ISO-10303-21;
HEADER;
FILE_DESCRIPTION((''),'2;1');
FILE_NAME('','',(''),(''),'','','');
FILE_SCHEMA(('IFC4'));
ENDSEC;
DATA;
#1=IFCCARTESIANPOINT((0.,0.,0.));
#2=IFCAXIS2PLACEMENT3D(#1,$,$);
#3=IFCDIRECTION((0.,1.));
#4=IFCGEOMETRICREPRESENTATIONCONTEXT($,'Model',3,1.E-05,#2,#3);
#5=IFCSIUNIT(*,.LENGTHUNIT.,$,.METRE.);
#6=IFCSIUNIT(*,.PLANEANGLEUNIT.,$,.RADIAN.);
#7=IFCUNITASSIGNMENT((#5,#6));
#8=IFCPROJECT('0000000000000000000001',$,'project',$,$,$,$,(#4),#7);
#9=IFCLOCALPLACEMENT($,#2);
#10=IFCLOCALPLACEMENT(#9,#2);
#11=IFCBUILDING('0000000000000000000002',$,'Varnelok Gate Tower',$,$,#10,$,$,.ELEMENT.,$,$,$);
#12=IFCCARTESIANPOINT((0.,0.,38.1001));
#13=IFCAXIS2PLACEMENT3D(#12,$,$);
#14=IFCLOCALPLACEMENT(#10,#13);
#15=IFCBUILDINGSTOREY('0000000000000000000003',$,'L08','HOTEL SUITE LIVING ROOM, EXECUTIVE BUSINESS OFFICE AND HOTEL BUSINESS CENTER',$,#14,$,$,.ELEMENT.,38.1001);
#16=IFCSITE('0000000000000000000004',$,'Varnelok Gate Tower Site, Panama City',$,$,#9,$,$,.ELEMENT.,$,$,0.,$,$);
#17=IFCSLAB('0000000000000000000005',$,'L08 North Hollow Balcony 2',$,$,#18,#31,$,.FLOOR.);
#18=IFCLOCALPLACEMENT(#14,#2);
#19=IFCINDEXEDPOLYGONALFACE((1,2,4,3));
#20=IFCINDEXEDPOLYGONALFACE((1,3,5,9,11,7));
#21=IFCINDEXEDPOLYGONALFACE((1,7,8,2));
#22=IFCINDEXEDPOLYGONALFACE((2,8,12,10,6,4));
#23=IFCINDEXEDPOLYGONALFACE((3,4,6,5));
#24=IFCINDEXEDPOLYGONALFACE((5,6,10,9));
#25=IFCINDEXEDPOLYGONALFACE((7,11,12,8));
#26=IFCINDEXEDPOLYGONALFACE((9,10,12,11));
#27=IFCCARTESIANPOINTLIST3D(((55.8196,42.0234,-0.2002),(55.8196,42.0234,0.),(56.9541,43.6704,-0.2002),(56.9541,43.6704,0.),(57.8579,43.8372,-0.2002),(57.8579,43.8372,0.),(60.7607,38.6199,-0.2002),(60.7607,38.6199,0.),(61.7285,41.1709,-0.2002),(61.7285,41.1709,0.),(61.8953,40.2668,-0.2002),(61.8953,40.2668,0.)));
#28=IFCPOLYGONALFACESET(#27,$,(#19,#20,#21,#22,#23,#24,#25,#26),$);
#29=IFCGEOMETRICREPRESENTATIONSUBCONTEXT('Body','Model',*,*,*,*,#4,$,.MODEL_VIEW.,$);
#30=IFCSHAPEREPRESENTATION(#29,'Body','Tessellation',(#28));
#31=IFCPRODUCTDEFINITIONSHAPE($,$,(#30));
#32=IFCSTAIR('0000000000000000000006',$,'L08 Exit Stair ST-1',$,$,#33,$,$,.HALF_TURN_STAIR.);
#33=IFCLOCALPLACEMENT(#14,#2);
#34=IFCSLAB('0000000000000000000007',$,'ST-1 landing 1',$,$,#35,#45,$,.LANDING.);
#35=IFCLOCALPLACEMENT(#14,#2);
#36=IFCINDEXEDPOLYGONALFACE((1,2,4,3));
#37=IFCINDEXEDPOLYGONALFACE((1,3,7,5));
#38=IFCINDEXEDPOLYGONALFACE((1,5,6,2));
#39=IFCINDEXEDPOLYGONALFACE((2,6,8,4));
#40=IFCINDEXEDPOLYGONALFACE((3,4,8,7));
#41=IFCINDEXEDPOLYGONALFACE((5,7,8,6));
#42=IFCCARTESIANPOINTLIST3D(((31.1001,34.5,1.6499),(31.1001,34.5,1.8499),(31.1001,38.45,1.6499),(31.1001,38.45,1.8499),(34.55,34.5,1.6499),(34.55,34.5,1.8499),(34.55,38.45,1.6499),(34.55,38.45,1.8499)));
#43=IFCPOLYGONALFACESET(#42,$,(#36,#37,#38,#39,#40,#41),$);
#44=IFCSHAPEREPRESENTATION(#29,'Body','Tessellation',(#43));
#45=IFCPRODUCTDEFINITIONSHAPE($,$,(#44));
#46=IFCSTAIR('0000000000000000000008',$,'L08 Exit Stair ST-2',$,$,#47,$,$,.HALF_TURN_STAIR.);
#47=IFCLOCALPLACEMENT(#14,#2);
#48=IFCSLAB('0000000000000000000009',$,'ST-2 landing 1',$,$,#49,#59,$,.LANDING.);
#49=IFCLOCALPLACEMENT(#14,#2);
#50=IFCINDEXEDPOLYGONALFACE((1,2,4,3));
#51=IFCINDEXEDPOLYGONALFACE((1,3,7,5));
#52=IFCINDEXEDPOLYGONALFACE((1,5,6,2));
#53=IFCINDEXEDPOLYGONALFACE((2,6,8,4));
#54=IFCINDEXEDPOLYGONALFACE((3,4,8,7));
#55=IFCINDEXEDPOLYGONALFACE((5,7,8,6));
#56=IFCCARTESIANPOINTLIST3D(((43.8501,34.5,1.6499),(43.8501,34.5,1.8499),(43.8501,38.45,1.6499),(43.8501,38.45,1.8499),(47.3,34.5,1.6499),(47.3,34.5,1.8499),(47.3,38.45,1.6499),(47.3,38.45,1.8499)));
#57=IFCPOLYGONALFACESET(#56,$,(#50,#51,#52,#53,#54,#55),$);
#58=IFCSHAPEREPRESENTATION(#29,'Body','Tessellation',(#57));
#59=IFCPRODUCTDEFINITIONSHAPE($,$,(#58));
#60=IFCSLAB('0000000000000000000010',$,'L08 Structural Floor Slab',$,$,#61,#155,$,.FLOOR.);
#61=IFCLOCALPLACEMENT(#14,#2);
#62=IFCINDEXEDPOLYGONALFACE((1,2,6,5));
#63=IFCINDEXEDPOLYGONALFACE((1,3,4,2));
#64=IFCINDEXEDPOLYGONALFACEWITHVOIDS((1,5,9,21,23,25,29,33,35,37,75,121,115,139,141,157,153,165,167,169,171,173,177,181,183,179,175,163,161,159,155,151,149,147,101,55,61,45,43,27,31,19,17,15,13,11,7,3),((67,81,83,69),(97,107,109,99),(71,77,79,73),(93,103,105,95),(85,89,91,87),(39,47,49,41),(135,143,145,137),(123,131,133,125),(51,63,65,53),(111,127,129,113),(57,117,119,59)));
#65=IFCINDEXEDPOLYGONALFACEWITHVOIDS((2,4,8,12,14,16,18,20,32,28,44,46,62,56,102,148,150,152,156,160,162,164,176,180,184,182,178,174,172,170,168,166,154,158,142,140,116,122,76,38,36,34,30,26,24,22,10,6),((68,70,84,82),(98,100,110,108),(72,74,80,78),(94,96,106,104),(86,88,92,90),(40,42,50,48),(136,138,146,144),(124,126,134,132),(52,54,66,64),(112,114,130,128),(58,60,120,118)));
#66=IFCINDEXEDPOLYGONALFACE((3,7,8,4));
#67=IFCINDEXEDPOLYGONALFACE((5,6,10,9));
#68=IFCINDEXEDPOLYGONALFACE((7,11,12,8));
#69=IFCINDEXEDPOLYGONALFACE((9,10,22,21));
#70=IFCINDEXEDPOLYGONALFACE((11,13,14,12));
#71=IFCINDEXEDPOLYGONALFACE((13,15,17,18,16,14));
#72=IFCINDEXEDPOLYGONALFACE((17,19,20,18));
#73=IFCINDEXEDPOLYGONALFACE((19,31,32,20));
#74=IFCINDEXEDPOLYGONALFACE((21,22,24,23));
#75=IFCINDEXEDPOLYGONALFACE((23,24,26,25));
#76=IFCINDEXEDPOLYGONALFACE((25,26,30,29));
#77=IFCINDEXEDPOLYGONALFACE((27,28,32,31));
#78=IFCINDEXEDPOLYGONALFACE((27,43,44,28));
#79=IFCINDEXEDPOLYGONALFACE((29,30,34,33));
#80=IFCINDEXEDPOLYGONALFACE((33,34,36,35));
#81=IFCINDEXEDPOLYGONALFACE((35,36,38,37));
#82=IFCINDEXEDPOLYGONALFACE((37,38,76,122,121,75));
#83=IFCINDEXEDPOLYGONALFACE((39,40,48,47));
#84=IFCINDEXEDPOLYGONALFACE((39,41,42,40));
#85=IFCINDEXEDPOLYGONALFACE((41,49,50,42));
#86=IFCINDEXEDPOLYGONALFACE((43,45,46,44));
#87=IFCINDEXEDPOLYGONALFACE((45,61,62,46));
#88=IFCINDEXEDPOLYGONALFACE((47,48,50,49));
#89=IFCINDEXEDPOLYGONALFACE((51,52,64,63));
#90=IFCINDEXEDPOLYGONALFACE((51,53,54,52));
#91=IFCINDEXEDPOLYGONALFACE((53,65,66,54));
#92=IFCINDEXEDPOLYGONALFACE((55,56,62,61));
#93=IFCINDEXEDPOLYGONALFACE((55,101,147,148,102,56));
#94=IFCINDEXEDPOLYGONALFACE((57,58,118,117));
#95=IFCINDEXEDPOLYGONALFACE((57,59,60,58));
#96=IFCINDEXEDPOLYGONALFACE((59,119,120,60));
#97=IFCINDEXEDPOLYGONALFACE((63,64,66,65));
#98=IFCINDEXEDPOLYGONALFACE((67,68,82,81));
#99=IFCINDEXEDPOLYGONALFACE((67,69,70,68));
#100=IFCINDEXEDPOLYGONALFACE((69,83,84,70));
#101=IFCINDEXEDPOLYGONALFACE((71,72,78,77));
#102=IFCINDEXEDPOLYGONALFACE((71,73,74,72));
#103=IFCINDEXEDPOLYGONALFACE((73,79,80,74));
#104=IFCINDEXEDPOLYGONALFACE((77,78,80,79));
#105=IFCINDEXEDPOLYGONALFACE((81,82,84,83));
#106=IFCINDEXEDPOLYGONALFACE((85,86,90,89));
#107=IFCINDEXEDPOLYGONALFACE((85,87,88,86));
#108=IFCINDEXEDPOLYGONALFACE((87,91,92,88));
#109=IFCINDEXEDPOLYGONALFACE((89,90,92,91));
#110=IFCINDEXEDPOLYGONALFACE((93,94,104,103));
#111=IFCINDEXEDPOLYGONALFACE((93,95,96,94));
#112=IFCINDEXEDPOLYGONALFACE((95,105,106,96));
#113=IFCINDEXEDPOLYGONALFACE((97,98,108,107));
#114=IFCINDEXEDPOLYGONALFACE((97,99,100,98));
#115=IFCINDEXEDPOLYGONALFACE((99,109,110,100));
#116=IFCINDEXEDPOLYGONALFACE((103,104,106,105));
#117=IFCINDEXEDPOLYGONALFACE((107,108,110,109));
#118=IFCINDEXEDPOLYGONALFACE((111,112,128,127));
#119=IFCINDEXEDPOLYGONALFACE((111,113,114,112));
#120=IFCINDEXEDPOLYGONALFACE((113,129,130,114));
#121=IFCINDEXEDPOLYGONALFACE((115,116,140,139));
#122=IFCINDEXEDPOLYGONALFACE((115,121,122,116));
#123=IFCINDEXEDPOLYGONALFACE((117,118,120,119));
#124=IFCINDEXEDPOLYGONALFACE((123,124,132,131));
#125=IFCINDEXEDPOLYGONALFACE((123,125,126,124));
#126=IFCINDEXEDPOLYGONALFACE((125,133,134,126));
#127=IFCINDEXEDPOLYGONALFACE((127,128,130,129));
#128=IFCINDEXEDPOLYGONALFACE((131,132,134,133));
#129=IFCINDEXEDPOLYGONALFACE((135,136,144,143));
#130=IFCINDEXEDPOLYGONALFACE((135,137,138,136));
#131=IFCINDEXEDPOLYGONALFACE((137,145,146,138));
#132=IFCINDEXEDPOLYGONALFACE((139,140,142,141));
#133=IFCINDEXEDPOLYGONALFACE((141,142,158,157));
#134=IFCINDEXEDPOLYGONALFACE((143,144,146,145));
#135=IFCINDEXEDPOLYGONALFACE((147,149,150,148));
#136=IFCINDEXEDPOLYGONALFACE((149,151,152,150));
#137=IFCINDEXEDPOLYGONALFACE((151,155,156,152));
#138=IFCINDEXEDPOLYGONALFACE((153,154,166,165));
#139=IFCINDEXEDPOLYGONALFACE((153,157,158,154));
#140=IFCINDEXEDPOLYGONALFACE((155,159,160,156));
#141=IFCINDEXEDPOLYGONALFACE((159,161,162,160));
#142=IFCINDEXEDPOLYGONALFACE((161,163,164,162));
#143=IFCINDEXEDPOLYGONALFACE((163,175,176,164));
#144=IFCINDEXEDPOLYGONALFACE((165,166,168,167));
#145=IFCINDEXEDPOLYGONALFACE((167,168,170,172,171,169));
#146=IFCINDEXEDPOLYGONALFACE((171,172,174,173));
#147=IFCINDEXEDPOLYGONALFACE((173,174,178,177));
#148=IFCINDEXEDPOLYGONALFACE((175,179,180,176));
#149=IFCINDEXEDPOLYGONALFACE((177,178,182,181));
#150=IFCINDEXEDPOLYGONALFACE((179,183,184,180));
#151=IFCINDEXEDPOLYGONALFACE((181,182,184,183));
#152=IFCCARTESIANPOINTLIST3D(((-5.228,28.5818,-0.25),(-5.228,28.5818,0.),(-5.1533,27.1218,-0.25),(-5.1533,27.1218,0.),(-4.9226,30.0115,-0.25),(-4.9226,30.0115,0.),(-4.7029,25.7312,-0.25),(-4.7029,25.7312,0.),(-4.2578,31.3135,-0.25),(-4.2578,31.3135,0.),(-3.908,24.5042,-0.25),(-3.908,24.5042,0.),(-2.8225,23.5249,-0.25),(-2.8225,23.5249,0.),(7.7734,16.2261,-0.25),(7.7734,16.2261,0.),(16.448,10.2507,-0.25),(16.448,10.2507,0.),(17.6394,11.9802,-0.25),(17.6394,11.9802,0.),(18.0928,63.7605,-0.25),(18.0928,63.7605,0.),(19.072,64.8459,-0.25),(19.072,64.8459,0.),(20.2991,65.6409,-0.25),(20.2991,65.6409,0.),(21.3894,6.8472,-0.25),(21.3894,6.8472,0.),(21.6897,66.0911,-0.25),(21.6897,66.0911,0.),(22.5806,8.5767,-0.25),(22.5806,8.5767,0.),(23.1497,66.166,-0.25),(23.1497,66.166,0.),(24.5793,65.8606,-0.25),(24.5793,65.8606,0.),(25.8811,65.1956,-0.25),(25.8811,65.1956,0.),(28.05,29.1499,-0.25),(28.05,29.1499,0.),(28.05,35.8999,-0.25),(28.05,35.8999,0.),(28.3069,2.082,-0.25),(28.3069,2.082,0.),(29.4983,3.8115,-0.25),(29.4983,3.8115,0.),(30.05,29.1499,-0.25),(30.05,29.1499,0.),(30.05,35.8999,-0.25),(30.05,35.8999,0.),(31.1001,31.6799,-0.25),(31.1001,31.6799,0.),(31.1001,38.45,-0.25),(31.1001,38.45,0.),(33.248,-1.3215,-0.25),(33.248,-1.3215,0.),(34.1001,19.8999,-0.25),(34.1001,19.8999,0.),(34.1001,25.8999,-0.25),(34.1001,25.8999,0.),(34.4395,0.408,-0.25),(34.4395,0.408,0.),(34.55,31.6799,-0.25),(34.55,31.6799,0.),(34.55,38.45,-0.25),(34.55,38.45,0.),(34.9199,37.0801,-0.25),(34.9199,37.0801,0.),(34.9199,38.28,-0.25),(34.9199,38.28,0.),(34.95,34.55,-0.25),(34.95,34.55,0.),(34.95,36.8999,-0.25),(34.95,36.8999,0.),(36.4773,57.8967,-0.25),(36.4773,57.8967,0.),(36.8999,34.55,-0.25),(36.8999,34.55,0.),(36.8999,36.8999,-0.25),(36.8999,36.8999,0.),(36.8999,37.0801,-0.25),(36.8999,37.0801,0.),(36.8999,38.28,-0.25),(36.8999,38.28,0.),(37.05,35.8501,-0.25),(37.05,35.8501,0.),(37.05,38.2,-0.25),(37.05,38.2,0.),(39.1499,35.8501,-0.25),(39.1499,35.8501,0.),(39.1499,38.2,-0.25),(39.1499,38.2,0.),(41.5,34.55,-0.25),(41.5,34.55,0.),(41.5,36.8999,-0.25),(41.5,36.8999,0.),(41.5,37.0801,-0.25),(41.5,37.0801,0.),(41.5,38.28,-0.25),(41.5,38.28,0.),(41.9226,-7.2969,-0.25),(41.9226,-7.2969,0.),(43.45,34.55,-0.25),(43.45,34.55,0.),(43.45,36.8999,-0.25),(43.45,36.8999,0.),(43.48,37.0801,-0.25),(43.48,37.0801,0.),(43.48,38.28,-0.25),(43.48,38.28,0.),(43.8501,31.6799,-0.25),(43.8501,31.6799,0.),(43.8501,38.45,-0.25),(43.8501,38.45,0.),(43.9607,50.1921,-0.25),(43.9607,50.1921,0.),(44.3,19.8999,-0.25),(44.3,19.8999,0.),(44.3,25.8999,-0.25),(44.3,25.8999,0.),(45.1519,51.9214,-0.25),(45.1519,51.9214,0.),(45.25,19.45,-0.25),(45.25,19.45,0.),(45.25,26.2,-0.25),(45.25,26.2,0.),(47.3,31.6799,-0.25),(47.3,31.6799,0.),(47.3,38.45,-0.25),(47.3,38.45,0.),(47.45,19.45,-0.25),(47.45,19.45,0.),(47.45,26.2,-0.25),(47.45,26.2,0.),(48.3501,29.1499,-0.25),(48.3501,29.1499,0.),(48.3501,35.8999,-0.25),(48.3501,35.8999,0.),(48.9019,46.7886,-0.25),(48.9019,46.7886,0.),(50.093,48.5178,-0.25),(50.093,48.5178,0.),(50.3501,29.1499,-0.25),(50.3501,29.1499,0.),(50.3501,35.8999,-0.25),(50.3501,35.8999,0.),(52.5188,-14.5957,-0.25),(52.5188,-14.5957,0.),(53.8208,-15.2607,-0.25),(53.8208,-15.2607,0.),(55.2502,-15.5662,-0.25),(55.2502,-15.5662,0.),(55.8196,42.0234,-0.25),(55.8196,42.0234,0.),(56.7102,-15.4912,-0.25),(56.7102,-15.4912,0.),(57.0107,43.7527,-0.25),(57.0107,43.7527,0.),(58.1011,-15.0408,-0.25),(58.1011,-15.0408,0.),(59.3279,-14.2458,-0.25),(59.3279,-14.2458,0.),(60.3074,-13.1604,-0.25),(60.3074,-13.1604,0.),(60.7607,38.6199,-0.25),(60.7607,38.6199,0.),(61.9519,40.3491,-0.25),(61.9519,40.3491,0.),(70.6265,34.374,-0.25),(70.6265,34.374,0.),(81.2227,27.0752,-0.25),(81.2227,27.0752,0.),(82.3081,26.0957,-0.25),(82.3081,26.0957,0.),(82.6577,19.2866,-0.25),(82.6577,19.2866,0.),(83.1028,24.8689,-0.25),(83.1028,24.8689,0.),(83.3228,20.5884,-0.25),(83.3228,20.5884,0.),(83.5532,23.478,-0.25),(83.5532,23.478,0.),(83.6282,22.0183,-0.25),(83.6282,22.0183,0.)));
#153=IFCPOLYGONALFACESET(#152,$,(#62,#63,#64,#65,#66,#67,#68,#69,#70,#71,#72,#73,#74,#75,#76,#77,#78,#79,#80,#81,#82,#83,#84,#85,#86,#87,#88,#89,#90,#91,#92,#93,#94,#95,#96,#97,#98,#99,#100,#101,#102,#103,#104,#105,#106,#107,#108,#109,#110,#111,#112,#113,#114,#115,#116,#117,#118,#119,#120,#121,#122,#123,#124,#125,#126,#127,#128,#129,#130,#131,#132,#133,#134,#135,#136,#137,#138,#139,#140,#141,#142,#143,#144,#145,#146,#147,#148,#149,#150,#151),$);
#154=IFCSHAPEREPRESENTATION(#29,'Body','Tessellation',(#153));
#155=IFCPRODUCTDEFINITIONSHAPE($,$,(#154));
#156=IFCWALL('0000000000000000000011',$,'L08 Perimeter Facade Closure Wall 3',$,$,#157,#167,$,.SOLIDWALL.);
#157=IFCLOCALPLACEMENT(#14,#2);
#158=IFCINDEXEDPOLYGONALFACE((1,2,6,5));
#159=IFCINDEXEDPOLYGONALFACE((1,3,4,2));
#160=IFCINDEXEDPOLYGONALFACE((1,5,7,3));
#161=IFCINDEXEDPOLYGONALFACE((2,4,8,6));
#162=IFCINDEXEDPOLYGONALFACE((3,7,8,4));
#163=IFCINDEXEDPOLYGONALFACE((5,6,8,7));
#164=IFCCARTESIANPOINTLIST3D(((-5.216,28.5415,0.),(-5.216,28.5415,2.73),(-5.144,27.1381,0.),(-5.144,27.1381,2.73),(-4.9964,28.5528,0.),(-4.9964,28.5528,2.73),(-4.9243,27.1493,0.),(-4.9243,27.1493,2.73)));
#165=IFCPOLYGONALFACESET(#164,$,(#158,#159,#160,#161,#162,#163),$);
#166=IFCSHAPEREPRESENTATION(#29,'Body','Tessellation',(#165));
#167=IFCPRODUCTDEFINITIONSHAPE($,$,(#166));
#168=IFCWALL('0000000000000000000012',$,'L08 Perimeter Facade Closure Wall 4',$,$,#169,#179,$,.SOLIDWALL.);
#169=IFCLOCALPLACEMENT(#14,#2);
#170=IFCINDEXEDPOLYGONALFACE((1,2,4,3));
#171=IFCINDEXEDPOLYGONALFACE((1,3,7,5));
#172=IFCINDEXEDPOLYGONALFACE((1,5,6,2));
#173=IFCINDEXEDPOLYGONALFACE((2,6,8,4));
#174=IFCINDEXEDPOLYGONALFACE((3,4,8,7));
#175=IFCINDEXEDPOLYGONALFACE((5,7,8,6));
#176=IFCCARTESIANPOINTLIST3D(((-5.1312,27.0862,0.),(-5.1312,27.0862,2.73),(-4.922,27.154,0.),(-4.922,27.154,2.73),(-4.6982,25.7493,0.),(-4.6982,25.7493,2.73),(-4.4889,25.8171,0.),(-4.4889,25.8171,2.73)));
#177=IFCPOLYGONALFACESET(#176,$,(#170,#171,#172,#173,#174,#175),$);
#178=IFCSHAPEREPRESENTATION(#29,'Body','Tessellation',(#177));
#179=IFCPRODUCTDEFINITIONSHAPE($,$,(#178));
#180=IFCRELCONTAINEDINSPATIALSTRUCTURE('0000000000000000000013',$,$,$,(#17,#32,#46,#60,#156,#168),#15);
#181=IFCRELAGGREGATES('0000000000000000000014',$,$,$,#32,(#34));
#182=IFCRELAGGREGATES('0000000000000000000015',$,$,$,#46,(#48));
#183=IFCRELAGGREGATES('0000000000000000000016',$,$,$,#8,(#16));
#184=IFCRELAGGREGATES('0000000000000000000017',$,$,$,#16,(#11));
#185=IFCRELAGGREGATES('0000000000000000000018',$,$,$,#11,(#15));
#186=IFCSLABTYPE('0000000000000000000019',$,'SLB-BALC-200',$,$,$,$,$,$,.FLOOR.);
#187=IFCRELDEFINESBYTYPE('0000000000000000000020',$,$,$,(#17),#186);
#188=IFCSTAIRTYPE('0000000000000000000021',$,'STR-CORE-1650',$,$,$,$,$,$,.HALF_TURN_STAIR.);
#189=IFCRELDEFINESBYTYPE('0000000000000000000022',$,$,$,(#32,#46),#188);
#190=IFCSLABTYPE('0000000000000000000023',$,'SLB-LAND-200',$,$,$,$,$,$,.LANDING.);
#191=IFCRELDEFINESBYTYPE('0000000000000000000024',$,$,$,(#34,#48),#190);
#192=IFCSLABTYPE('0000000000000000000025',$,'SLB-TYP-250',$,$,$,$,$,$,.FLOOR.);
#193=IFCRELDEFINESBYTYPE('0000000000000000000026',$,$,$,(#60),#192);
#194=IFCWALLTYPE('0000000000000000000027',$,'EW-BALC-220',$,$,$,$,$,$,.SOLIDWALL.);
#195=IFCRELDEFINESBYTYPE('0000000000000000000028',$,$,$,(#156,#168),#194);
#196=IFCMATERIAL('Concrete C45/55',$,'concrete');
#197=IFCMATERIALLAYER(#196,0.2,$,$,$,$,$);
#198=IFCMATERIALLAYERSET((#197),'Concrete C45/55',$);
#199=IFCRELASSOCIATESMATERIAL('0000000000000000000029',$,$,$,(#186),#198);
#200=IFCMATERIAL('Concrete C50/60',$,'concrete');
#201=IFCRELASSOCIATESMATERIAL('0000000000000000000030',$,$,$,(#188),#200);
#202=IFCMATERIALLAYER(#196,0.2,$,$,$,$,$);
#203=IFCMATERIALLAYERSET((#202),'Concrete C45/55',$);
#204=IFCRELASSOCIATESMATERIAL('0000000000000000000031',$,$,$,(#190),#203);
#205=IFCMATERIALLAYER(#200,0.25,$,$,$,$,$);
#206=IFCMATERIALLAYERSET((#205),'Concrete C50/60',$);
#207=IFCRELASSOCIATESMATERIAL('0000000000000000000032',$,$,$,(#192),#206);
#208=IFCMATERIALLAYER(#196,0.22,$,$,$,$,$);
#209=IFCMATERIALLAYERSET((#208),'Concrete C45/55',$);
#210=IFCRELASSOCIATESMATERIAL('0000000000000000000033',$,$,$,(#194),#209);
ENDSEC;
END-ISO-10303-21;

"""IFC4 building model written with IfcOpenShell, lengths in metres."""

from ifc_helpers import new_model, si_unit, direction, frame, frame_2d, origin, place, context, subcontext, project, spatial, polyline, rectangle, outline, extrude, material, layer, layer_set, type_object, element, aggregate, save


model = new_model("IFC4")

# Units and contexts
model_context = context("Model", 3, precision=1e-05, world=origin(), true_north=direction((0.0, 1.0)))
body_context = subcontext(model_context, "Body", "Model", "MODEL_VIEW")
ifc_project = project(units=[si_unit("LENGTHUNIT", "METRE"), si_unit("PLANEANGLEUNIT", "RADIAN")], contexts=[model_context])

# Site, building, storey
site_placement = place(None, origin())
site = spatial("IfcSite", under=ifc_project, at=site_placement, Name="Varnelok Gate Tower Site, Panama City", CompositionType="ELEMENT", RefElevation=0.0)
building_placement = place(site_placement, origin())
building = spatial("IfcBuilding", under=site, at=building_placement, Name="Varnelok Gate Tower", CompositionType="ELEMENT")
storey_placement = place(building_placement, frame((0.0, 0.0, 38.1001)))
storey = spatial("IfcBuildingStorey", under=building, at=storey_placement, Name="L08", Description="HOTEL SUITE LIVING ROOM, EXECUTIVE BUSINESS OFFICE AND HOTEL BUSINESS CENTER", CompositionType="ELEMENT", Elevation=38.1001)

# Slab
ifc_material_1 = material(Name="Concrete C45/55", Category="concrete")
ifc_layer_1 = layer(ifc_material_1, 0.2)
ifc_layer_set_1 = layer_set([ifc_layer_1], Name="Concrete C45/55")
slab_type_1 = type_object("IfcSlabType", Name="SLB-BALC-200", PredefinedType="FLOOR", material=ifc_layer_set_1)
slab_1_placement = place(storey_placement, frame((0.0, 0.0, -0.2002)))
element("IfcSlab", 1, at=slab_1_placement, inside=storey, type_object=slab_type_1, Name="L08 North Hollow Balcony 2", PredefinedType="FLOOR", context=body_context, shape_type="SweptSolid", body=[
    extrude(outline(polyline([(55.8196, 42.0234), (60.7607, 38.6199), (61.8953, 40.2668), (61.7285, 41.1709), (57.8579, 43.8372), (56.9541, 43.6704), (55.8196, 42.0234)])), origin(), (0.0, 0.0, 1.0), 0.2002),
])

# Stairs, slabs
ifc_material_2 = material(Name="Concrete C50/60", Category="concrete")
stair_type = type_object("IfcStairType", Name="STR-CORE-1650", PredefinedType="HALF_TURN_STAIR", material=ifc_material_2)
stair_1_placement = place(storey_placement, origin())
stair_1 = element("IfcStair", 2, at=stair_1_placement, inside=storey, type_object=stair_type, Name="L08 Exit Stair ST-1", PredefinedType="HALF_TURN_STAIR")
ifc_layer_2 = layer(ifc_material_1, 0.2)
ifc_layer_set_2 = layer_set([ifc_layer_2], Name="Concrete C45/55")
slab_type_2 = type_object("IfcSlabType", Name="SLB-LAND-200", PredefinedType="LANDING", material=ifc_layer_set_2)
slab_2_placement = place(storey_placement, frame((0.0, 0.0, 1.6499)))
slab_2 = element("IfcSlab", 3, at=slab_2_placement, type_object=slab_type_2, Name="ST-1 landing 1", PredefinedType="LANDING", context=body_context, shape_type="SweptSolid", body=[
    extrude(outline(polyline([(34.55, 34.5), (34.55, 38.45), (31.1001, 38.45), (31.1001, 34.5), (34.55, 34.5)])), origin(), (0.0, 0.0, 1.0), 0.2),
])
aggregate(stair_1, [slab_2])
stair_2_placement = place(storey_placement, origin())
stair_2 = element("IfcStair", 4, at=stair_2_placement, inside=storey, type_object=stair_type, Name="L08 Exit Stair ST-2", PredefinedType="HALF_TURN_STAIR")
slab_3_placement = place(storey_placement, frame((0.0, 0.0, 1.6499)))
slab_3 = element("IfcSlab", 5, at=slab_3_placement, type_object=slab_type_2, Name="ST-2 landing 1", PredefinedType="LANDING", context=body_context, shape_type="SweptSolid", body=[
    extrude(outline(polyline([(47.3, 34.5), (47.3, 38.45), (43.8501, 38.45), (43.8501, 34.5), (47.3, 34.5)])), origin(), (0.0, 0.0, 1.0), 0.2),
])
aggregate(stair_2, [slab_3])

# Slab
ifc_layer_3 = layer(ifc_material_2, 0.25)
ifc_layer_set_3 = layer_set([ifc_layer_3], Name="Concrete C50/60")
slab_type_3 = type_object("IfcSlabType", Name="SLB-TYP-250", PredefinedType="FLOOR", material=ifc_layer_set_3)
slab_4_placement = place(storey_placement, frame((0.0, 0.0, -0.25)))
element("IfcSlab", 6, at=slab_4_placement, inside=storey, type_object=slab_type_3, Name="L08 Structural Floor Slab", PredefinedType="FLOOR", context=body_context, shape_type="SweptSolid", body=[
    extrude(outline(polyline([(-4.2578, 31.3135), (-4.9226, 30.0115), (-5.228, 28.5818), (-5.1533, 27.1218), (-4.7029, 25.7312), (-3.908, 24.5042), (-2.8225, 23.5249), (7.7734, 16.2261), (16.448, 10.2507), (17.6394, 11.9802), (22.5806, 8.5767), (21.3894, 6.8472), (28.3069, 2.082), (29.4983, 3.8115), (34.4395, 0.408), (33.248, -1.3215), (41.9226, -7.2969), (52.5188, -14.5957), (53.8208, -15.2607), (55.2502, -15.5662), (56.7102, -15.4912), (58.1011, -15.0408), (59.3279, -14.2458), (60.3074, -13.1604), (82.6577, 19.2866), (83.3228, 20.5884), (83.6282, 22.0183), (83.5532, 23.478), (83.1028, 24.8689), (82.3081, 26.0957), (81.2227, 27.0752), (70.6265, 34.374), (61.9519, 40.3491), (60.7607, 38.6199), (55.8196, 42.0234), (57.0107, 43.7527), (50.093, 48.5178), (48.9019, 46.7886), (43.9607, 50.1921), (45.1519, 51.9214), (36.4773, 57.8967), (25.8811, 65.1956), (24.5793, 65.8606), (23.1497, 66.166), (21.6897, 66.0911), (20.2991, 65.6409), (19.072, 64.8459), (18.0928, 63.7605), (-4.2578, 31.3135)]), holes=[polyline([(34.55, 31.6799), (34.55, 38.45), (31.1001, 38.45), (31.1001, 31.6799), (34.55, 31.6799)]), polyline([(47.3, 31.6799), (47.3, 38.45), (43.8501, 38.45), (43.8501, 31.6799), (47.3, 31.6799)]), polyline([(34.95, 34.55), (36.8999, 34.55), (36.8999, 36.8999), (34.95, 36.8999), (34.95, 34.55)]), polyline([(41.5, 34.55), (43.45, 34.55), (43.45, 36.8999), (41.5, 36.8999), (41.5, 34.55)]), polyline([(37.05, 35.8501), (39.1499, 35.8501), (39.1499, 38.2), (37.05, 38.2), (37.05, 35.8501)]), polyline([(28.05, 29.1499), (30.05, 29.1499), (30.05, 35.8999), (28.05, 35.8999), (28.05, 29.1499)]), polyline([(48.3501, 29.1499), (50.3501, 29.1499), (50.3501, 35.8999), (48.3501, 35.8999), (48.3501, 29.1499)]), polyline([(45.25, 19.45), (47.45, 19.45), (47.45, 26.2), (45.25, 26.2), (45.25, 19.45)]), polyline([(34.9199, 37.0801), (36.8999, 37.0801), (36.8999, 38.28), (34.9199, 38.28), (34.9199, 37.0801)]), polyline([(41.5, 37.0801), (43.48, 37.0801), (43.48, 38.28), (41.5, 38.28), (41.5, 37.0801)]), polyline([(34.1001, 19.8999), (44.3, 19.8999), (44.3, 25.8999), (34.1001, 25.8999), (34.1001, 19.8999)])]), origin(), (0.0, 0.0, 1.0), 0.25),
])

# Walls
ifc_layer_4 = layer(ifc_material_1, 0.22)
ifc_layer_set_4 = layer_set([ifc_layer_4], Name="Concrete C45/55")
wall_type_1 = type_object("IfcWallType", Name="EW-BALC-220", PredefinedType="SOLIDWALL", material=ifc_layer_set_4)
for number, where, z_axis, x_axis, name in (
    (7, (-5.1062, 28.5471, 0.0), (0.0, 0.0, 1.0), (0.051255, -0.998686, 0.0), "L08 Perimeter Facade Closure Wall 3"),
    (8, (-5.0266, 27.1201, 0.0), (0.0, 0.0, 1.0), (0.30819, -0.951325, 0.0), "L08 Perimeter Facade Closure Wall 4"),
):
    element("IfcWall", number, at=place(storey_placement, frame(where, z_axis=z_axis, x_axis=x_axis)), inside=storey, type_object=wall_type_1, Name=name, PredefinedType="SOLIDWALL", context=body_context, shape_type="SweptSolid", body=[
        extrude(rectangle(XDim=1.4053, YDim=0.22, at=frame_2d((0.7026, 0.0))), origin(), (0.0, 0.0, 1.0), 2.73),
    ])

save(model, "model.ifc")
